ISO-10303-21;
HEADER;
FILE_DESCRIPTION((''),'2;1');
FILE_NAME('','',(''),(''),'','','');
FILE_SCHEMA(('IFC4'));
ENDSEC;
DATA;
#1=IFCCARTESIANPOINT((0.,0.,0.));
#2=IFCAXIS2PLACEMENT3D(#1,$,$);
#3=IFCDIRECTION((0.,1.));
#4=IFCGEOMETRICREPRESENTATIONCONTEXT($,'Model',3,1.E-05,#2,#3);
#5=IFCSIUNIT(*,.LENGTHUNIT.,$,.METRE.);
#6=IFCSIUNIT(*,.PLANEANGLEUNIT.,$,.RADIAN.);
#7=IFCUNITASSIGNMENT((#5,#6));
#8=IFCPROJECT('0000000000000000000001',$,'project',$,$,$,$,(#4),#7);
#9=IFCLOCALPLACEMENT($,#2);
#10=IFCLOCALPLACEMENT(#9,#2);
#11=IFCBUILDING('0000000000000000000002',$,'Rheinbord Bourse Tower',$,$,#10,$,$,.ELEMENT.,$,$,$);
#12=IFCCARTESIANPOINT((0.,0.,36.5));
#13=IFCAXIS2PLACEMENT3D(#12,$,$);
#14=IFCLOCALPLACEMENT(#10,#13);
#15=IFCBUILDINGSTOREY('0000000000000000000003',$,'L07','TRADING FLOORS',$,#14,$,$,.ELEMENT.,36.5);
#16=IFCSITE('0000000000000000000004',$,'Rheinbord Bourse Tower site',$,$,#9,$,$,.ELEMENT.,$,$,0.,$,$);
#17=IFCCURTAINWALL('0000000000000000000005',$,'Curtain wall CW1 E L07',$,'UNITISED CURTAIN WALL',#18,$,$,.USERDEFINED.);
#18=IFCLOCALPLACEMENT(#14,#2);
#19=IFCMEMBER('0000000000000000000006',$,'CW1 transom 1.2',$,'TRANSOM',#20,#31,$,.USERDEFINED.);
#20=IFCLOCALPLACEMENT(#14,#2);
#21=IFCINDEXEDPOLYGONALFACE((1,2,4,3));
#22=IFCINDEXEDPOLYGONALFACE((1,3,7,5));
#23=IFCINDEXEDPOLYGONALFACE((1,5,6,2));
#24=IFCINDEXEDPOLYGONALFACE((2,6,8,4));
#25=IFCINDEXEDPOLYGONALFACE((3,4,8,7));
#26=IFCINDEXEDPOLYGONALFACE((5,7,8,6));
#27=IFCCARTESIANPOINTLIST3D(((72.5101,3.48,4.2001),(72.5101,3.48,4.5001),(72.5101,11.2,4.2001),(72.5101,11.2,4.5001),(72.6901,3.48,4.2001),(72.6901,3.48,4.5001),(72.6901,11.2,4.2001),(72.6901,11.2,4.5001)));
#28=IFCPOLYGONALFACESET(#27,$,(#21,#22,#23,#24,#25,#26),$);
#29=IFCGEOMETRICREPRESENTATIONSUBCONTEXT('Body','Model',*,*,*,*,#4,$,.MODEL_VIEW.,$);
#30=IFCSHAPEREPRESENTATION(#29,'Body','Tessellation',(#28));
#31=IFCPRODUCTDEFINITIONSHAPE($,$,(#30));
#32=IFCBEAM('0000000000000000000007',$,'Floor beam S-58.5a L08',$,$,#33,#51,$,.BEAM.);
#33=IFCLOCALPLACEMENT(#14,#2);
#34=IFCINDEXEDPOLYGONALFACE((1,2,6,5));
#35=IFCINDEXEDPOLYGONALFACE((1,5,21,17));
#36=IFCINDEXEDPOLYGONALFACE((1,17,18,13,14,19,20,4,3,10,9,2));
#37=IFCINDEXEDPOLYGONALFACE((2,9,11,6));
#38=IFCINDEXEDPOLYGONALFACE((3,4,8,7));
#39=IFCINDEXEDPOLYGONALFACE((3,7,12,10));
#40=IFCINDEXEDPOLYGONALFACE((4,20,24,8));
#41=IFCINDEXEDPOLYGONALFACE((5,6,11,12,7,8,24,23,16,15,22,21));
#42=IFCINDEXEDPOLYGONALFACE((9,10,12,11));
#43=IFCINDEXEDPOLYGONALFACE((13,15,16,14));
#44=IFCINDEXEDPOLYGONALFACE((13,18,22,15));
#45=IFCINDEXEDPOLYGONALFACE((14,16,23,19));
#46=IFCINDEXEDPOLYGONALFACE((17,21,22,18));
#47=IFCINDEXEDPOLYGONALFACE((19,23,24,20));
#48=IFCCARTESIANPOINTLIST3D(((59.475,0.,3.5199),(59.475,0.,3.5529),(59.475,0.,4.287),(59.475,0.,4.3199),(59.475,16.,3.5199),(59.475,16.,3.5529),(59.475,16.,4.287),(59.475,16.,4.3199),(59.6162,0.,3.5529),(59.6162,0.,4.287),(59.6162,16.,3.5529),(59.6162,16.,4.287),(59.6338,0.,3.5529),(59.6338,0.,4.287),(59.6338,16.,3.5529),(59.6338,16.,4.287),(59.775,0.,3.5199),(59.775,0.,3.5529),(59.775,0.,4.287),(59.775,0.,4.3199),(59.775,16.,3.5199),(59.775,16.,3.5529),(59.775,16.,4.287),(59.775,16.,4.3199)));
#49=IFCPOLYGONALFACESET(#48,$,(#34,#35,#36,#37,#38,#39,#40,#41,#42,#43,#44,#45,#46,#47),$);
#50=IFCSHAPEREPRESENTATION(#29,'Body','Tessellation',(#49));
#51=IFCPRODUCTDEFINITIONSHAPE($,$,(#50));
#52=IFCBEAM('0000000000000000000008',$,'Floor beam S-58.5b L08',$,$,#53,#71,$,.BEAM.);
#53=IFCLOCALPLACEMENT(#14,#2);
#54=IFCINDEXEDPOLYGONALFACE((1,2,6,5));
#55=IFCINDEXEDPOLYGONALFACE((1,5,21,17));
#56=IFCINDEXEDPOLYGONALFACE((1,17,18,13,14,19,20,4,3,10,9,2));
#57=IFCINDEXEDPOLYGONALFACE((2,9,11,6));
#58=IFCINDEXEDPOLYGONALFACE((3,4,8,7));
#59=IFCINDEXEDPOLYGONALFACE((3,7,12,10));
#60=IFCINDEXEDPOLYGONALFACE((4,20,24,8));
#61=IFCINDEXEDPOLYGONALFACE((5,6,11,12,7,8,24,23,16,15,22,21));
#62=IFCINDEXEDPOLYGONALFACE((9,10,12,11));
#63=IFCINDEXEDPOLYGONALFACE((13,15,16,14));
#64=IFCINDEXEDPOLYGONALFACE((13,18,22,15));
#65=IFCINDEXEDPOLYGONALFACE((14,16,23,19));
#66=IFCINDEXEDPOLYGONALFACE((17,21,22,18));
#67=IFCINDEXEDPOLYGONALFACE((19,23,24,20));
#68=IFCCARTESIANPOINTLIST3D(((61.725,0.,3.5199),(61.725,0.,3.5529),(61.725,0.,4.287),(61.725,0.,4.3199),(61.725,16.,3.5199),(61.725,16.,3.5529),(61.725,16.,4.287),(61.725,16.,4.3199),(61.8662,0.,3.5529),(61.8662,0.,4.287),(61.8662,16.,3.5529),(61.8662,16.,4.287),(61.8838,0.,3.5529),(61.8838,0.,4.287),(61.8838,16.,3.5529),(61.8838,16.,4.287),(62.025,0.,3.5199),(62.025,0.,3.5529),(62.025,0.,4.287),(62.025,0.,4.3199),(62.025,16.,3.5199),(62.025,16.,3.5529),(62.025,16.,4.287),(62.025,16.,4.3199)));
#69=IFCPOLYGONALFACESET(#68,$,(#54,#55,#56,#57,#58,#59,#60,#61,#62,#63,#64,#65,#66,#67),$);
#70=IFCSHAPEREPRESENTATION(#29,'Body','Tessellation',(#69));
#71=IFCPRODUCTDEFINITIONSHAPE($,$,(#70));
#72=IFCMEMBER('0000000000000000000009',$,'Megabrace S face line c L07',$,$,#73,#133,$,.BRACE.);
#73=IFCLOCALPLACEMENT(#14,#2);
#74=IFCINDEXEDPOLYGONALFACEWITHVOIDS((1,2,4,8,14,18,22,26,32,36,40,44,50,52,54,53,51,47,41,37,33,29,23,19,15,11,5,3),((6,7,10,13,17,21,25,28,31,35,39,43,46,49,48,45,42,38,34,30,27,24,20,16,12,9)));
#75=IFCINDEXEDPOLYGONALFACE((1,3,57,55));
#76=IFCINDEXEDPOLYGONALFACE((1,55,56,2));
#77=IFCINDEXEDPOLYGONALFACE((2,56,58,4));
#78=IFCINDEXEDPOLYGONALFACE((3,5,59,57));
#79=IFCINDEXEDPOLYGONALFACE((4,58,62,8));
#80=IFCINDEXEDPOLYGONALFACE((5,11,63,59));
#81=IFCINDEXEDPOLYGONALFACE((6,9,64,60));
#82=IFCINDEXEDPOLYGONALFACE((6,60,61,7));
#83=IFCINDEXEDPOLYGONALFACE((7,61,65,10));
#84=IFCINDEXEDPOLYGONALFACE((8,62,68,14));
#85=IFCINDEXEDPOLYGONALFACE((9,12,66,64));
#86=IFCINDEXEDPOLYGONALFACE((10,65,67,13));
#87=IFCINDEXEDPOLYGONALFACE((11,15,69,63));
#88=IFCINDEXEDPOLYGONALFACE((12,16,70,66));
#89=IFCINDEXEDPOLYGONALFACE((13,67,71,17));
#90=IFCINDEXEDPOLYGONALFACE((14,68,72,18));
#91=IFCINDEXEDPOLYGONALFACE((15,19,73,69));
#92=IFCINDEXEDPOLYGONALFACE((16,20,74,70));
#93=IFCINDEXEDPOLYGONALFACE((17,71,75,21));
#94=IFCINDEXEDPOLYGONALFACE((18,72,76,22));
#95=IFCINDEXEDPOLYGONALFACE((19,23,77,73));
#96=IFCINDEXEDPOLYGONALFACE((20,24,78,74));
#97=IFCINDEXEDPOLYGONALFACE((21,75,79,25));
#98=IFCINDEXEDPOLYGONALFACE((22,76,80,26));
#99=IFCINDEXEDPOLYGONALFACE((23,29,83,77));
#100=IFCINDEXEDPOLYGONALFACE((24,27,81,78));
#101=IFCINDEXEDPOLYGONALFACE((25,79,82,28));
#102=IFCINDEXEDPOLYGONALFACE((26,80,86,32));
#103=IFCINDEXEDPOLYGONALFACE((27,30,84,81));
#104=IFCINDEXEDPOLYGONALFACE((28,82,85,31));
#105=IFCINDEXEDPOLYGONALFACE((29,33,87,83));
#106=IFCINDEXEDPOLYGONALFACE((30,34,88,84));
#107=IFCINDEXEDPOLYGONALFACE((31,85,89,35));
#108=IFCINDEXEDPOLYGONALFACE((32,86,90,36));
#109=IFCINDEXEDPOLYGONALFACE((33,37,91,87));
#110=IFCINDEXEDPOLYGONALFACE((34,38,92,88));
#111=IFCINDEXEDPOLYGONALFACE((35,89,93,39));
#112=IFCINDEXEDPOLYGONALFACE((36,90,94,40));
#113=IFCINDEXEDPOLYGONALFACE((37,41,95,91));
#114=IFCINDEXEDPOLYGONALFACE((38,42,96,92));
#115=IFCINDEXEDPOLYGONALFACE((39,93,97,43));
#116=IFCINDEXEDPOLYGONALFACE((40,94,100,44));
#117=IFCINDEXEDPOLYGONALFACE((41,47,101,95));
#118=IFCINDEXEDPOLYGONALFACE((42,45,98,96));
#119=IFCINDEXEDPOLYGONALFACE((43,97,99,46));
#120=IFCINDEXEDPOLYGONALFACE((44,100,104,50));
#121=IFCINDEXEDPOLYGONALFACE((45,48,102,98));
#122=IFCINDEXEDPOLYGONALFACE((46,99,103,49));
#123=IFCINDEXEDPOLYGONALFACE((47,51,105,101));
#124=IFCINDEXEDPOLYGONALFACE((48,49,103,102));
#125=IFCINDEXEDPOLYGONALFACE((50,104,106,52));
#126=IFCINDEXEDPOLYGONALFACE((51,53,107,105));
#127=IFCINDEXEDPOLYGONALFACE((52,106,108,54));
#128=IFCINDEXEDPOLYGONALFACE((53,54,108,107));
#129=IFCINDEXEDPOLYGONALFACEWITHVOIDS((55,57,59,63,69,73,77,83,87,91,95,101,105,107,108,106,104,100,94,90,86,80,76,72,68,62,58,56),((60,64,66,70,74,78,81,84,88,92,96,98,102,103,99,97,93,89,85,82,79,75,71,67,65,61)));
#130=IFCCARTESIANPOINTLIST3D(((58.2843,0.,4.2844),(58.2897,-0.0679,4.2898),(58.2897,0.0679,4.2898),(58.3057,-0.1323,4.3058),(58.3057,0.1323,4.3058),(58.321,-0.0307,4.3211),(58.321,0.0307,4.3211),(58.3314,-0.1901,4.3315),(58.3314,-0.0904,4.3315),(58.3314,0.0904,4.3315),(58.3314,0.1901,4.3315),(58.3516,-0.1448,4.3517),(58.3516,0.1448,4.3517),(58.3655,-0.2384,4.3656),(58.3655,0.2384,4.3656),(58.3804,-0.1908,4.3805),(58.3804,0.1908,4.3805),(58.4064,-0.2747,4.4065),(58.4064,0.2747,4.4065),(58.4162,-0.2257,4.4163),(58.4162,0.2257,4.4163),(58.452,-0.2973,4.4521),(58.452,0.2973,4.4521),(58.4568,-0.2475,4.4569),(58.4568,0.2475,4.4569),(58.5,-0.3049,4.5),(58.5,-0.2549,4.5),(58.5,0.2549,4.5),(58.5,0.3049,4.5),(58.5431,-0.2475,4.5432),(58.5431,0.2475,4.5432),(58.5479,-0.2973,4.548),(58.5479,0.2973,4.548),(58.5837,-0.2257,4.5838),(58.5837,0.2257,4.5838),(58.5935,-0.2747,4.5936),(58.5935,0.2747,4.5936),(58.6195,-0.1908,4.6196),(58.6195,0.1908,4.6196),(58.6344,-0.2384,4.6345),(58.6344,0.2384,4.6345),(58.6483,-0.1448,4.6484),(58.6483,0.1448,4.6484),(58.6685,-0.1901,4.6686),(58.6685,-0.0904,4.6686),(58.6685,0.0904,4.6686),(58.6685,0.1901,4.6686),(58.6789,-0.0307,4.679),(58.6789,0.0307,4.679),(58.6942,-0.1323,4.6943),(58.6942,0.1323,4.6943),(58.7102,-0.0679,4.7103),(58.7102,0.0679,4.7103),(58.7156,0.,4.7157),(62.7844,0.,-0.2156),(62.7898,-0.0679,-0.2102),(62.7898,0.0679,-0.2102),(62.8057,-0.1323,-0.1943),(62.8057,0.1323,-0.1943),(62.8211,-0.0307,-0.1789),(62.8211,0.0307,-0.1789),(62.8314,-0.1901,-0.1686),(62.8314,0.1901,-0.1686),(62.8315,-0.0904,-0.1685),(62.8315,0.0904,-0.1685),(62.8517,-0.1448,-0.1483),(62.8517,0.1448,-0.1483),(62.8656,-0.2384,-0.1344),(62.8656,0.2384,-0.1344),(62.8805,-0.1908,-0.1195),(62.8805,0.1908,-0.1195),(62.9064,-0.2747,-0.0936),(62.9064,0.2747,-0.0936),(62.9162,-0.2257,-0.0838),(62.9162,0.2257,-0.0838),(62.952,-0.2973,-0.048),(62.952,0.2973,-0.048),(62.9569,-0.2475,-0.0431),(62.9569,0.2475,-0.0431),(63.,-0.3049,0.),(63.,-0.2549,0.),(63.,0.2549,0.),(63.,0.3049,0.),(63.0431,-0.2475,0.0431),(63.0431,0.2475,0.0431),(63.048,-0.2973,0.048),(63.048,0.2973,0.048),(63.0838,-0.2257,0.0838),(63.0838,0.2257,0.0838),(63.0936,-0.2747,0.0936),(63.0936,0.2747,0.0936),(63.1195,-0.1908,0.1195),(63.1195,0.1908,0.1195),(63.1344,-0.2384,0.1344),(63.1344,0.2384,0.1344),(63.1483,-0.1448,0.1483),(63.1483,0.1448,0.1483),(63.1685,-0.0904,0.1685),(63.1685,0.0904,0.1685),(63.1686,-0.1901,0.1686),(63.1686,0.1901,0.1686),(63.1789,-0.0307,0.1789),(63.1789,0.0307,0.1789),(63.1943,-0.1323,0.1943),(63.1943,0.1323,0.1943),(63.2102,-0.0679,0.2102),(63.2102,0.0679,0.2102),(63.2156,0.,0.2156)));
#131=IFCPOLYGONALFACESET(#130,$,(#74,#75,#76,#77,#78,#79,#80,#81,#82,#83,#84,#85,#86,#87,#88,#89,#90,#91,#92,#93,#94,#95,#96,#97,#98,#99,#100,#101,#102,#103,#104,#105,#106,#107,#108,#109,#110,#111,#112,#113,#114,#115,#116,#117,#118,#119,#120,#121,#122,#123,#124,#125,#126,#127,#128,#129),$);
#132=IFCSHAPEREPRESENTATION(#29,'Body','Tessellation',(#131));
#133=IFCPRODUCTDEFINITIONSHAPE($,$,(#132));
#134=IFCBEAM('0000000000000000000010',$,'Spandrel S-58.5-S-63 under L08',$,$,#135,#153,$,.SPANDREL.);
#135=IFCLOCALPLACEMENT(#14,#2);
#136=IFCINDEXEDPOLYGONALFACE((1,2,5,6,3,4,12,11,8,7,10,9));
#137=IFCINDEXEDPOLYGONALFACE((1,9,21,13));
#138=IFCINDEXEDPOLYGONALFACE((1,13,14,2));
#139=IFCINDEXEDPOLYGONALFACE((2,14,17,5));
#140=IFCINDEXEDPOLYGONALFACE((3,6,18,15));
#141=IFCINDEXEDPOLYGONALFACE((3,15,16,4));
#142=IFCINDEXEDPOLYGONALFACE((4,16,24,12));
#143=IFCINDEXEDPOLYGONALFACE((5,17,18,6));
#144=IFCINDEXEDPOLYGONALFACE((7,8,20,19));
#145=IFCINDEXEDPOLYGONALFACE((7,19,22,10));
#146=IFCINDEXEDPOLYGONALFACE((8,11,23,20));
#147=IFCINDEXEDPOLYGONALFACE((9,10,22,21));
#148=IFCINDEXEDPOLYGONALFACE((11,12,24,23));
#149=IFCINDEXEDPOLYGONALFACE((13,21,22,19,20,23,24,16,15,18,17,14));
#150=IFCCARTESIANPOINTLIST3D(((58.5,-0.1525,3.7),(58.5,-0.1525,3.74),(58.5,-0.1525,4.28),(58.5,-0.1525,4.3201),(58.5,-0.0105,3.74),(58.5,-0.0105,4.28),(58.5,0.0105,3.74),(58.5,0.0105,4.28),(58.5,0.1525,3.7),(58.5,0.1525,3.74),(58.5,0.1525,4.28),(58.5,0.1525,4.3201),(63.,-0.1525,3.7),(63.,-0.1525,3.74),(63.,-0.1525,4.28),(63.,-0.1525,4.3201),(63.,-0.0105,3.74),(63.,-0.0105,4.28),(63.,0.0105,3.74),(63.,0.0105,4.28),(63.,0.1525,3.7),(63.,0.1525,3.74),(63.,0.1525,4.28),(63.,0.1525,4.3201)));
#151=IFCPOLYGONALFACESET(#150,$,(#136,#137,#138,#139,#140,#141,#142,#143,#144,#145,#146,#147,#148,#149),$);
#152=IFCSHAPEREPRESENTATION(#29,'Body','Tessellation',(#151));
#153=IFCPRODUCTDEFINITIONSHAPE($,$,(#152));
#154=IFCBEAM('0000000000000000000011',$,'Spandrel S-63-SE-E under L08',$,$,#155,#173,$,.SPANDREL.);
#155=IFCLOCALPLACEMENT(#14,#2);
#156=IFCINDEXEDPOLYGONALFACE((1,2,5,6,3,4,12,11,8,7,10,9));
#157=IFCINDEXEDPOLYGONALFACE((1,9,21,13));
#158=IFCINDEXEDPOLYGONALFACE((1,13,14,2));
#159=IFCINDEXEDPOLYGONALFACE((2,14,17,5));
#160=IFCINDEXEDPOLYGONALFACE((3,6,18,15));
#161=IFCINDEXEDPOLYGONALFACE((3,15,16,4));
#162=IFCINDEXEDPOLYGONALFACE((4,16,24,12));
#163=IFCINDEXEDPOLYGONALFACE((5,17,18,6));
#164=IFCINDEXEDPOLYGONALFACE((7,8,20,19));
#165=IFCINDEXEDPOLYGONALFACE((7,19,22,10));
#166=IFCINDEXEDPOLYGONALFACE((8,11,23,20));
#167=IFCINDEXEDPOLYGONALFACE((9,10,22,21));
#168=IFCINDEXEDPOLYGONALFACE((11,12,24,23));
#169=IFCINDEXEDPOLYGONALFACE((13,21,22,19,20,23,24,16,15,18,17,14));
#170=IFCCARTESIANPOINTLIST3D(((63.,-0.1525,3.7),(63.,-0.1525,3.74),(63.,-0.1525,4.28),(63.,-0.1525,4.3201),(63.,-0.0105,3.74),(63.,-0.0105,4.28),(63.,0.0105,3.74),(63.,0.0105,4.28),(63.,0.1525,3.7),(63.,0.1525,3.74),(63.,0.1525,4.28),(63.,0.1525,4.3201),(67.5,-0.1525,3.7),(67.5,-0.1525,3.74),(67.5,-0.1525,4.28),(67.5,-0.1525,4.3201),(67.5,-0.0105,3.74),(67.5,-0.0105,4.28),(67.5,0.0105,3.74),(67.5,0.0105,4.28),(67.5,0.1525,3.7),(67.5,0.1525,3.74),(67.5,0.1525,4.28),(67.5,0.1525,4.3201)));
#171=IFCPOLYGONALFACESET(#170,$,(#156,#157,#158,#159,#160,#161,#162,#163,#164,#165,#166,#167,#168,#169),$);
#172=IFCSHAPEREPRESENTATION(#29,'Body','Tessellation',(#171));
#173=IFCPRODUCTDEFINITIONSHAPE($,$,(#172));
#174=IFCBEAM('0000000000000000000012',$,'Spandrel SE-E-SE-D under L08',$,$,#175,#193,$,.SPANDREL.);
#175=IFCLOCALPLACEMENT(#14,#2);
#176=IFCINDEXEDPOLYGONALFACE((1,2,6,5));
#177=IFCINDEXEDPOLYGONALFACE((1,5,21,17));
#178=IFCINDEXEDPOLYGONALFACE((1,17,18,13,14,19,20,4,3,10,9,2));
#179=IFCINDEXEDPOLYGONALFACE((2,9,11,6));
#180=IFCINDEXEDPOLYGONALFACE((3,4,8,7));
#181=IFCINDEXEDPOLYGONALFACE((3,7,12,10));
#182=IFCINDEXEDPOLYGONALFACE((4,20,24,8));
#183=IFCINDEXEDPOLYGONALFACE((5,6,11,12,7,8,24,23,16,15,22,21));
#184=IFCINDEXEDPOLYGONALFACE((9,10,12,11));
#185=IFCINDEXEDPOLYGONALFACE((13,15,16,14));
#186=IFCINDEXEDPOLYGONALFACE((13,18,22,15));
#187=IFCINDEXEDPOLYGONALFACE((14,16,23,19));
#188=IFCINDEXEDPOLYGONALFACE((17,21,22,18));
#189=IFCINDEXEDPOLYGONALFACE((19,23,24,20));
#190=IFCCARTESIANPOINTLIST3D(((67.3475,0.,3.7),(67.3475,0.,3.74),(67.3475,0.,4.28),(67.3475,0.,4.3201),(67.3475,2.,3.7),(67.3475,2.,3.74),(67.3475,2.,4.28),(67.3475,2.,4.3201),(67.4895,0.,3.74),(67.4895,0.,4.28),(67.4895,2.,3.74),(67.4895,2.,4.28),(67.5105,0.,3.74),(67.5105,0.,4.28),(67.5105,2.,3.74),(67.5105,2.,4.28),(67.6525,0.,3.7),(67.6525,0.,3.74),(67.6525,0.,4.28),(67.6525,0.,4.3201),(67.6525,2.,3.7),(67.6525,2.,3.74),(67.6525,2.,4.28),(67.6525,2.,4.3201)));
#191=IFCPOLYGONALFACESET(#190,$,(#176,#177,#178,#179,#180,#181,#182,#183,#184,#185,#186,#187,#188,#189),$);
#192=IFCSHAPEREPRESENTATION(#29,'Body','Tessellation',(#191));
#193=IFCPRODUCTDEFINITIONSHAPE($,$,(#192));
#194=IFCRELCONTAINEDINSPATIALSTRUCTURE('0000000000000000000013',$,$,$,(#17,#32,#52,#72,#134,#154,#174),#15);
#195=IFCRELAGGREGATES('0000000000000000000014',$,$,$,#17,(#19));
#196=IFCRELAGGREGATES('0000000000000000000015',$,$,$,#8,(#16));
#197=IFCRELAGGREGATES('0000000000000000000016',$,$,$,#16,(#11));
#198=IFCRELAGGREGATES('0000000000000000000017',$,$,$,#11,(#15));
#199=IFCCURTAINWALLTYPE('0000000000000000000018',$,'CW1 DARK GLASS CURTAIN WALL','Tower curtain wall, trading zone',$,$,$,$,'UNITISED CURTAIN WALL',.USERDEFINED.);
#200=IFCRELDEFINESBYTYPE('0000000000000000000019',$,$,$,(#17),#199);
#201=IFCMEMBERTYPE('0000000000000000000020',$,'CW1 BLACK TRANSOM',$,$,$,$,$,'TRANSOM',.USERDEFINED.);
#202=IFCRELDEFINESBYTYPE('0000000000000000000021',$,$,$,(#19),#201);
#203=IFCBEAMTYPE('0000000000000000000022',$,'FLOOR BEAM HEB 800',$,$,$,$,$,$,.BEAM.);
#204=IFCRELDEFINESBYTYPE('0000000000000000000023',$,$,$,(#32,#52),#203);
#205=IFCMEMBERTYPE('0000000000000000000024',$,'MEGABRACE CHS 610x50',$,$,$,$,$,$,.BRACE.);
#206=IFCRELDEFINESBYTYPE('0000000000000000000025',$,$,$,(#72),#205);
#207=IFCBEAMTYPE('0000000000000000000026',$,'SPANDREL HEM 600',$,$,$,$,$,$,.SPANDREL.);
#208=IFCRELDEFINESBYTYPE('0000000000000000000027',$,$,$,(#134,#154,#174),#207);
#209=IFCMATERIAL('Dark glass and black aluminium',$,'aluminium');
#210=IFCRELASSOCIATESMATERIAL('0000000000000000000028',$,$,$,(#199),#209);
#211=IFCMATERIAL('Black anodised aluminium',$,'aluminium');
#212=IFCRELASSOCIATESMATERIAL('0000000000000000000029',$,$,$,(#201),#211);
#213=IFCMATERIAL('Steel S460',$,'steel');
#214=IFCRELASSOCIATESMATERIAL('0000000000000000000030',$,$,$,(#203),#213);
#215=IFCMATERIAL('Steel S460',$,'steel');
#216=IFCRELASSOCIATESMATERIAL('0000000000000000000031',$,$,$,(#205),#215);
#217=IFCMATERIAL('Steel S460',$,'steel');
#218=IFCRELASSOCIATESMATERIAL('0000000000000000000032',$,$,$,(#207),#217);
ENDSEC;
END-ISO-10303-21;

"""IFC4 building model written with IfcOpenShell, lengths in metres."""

from ifc_helpers import new_model, si_unit, direction, frame, origin, origin_2d, place, context, subcontext, project, spatial, rectangle, hollow_circle, i_section, extrude, material, material_profile, profile_set, type_object, element, aggregate, save


model = new_model("IFC4")

# Units and contexts
model_context = context("Model", 3, precision=1e-05, world=origin(), true_north=direction((0.0, 1.0)))
body_context = subcontext(model_context, "Body", "Model", "MODEL_VIEW")
ifc_project = project(units=[si_unit("LENGTHUNIT", "METRE"), si_unit("PLANEANGLEUNIT", "RADIAN")], contexts=[model_context])

# Site, building, storey
site_placement = place(None, origin())
site = spatial("IfcSite", under=ifc_project, at=site_placement, Name="Rheinbord Bourse Tower site", CompositionType="ELEMENT", RefElevation=0.0)
building_placement = place(site_placement, origin())
building = spatial("IfcBuilding", under=site, at=building_placement, Name="Rheinbord Bourse Tower", CompositionType="ELEMENT")
storey_placement = place(building_placement, frame((0.0, 0.0, 36.5)))
storey = spatial("IfcBuildingStorey", under=building, at=storey_placement, Name="L07", Description="TRADING FLOORS", CompositionType="ELEMENT", Elevation=36.5)

# Shared definitions
ifc_material_1 = material(Name="Dark glass and black aluminium", Category="aluminium")
curtain_wall_type = type_object("IfcCurtainWallType", Name="CW1 DARK GLASS CURTAIN WALL", Description="Tower curtain wall, trading zone", ElementType="UNITISED CURTAIN WALL", PredefinedType="USERDEFINED", material=ifc_material_1)

# Curtain wall
curtain_wall_1_placement = place(storey_placement, origin())
curtain_wall_1 = element("IfcCurtainWall", 1, at=curtain_wall_1_placement, inside=storey, type_object=curtain_wall_type, Name="Curtain wall CW1 E L07", ObjectType="UNITISED CURTAIN WALL", PredefinedType="USERDEFINED")

# Member
ifc_material_2 = material(Name="Black anodised aluminium", Category="aluminium")
ifc_material_profile_1 = material_profile(ifc_material_2, rectangle(XDim=0.1799, YDim=0.3, at=origin_2d()), Name="CW1 TRANSOM 300x180")
ifc_profile_set_1 = profile_set([ifc_material_profile_1], Name="Black anodised aluminium")
member_type_1 = type_object("IfcMemberType", Name="CW1 BLACK TRANSOM", ElementType="TRANSOM", PredefinedType="USERDEFINED", material=ifc_profile_set_1)
member_1_placement = place(storey_placement, frame((72.6001, 3.48, 4.3501), z_axis=(0.0, 1.0, 0.0), x_axis=(-1.0, 0.0, 0.0)))
member_1 = element("IfcMember", 2, at=member_1_placement, type_object=member_type_1, Name="CW1 transom 1.2", ObjectType="TRANSOM", PredefinedType="USERDEFINED", context=body_context, shape_type="SweptSolid", body=[
    extrude(rectangle(XDim=0.1799, YDim=0.3, at=origin_2d()), origin(), (0.0, 0.0, 1.0), 7.72),
])

# Beams
ifc_material_3 = material(Name="Steel S460", Category="steel")
ifc_material_profile_2 = material_profile(ifc_material_3, i_section(OverallWidth=0.3, OverallDepth=0.8, WebThickness=0.0176, FlangeThickness=0.033, at=origin_2d()), Name="HEB 800")
ifc_profile_set_2 = profile_set([ifc_material_profile_2], Name="Steel S460")
beam_type_1 = type_object("IfcBeamType", Name="FLOOR BEAM HEB 800", PredefinedType="BEAM", material=ifc_profile_set_2)
for number, where, z_axis, x_axis, name in (
    (3, (59.625, 0.0, 3.9199), (0.0, 1.0, 0.0), (-1.0, 0.0, 0.0), "Floor beam S-58.5a L08"),
    (4, (61.875, 0.0, 3.9199), (0.0, 1.0, 0.0), (-1.0, 0.0, 0.0), "Floor beam S-58.5b L08"),
):
    element("IfcBeam", number, at=place(storey_placement, frame(where, z_axis=z_axis, x_axis=x_axis)), inside=storey, type_object=beam_type_1, Name=name, PredefinedType="BEAM", context=body_context, shape_type="SweptSolid", body=[
        extrude(i_section(OverallWidth=0.3, OverallDepth=0.8, WebThickness=0.0176, FlangeThickness=0.033, at=origin_2d()), origin(), (0.0, 0.0, 1.0), 16.0),
    ])

# Member
ifc_material_4 = material(Name="Steel S460", Category="steel")
ifc_material_profile_3 = material_profile(ifc_material_4, hollow_circle(Radius=0.3049, WallThickness=0.05, at=origin_2d()), Name="CHS 610x50")
ifc_profile_set_3 = profile_set([ifc_material_profile_3], Name="Steel S460")
member_type_2 = type_object("IfcMemberType", Name="MEGABRACE CHS 610x50", PredefinedType="BRACE", material=ifc_profile_set_3)
member_2_placement = place(storey_placement, frame((63.0, 0.0, 0.0), z_axis=(-0.707107, 0.0, 0.707107), x_axis=(0.0, -1.0, 0.0)))
element("IfcMember", 5, at=member_2_placement, inside=storey, type_object=member_type_2, Name="Megabrace S face line c L07", PredefinedType="BRACE", context=body_context, shape_type="SweptSolid", body=[
    extrude(hollow_circle(Radius=0.3049, WallThickness=0.05, at=origin_2d()), origin(), (0.0, 0.0, 1.0), 6.364),
])

# Beams
ifc_material_5 = material(Name="Steel S460", Category="steel")
ifc_material_profile_4 = material_profile(ifc_material_5, i_section(OverallWidth=0.3049, OverallDepth=0.6201, WebThickness=0.021, FlangeThickness=0.04, at=origin_2d()), Name="HEM 600")
ifc_profile_set_4 = profile_set([ifc_material_profile_4], Name="Steel S460")
beam_type_2 = type_object("IfcBeamType", Name="SPANDREL HEM 600", PredefinedType="SPANDREL", material=ifc_profile_set_4)
for number, where, z_axis, x_axis, name in (
    (6, (58.5, 0.0, 4.01), (1.0, 0.0, 0.0), (0.0, 1.0, 0.0), "Spandrel S-58.5-S-63 under L08"),
    (7, (63.0, 0.0, 4.01), (1.0, 0.0, 0.0), (0.0, 1.0, 0.0), "Spandrel S-63-SE-E under L08"),
):
    element("IfcBeam", number, at=place(storey_placement, frame(where, z_axis=z_axis, x_axis=x_axis)), inside=storey, type_object=beam_type_2, Name=name, PredefinedType="SPANDREL", context=body_context, shape_type="SweptSolid", body=[
        extrude(i_section(OverallWidth=0.3049, OverallDepth=0.6201, WebThickness=0.021, FlangeThickness=0.04, at=origin_2d()), origin(), (0.0, 0.0, 1.0), 4.5),
    ])
beam_1_placement = place(storey_placement, frame((67.5, 0.0, 4.01), z_axis=(0.0, 1.0, 0.0), x_axis=(-1.0, 0.0, 0.0)))
element("IfcBeam", 8, at=beam_1_placement, inside=storey, type_object=beam_type_2, Name="Spandrel SE-E-SE-D under L08", PredefinedType="SPANDREL", context=body_context, shape_type="SweptSolid", body=[
    extrude(i_section(OverallWidth=0.3049, OverallDepth=0.6201, WebThickness=0.021, FlangeThickness=0.04, at=origin_2d()), origin(), (0.0, 0.0, 1.0), 2.0),
])

aggregate(curtain_wall_1, [member_1])

save(model, "model.ifc")
